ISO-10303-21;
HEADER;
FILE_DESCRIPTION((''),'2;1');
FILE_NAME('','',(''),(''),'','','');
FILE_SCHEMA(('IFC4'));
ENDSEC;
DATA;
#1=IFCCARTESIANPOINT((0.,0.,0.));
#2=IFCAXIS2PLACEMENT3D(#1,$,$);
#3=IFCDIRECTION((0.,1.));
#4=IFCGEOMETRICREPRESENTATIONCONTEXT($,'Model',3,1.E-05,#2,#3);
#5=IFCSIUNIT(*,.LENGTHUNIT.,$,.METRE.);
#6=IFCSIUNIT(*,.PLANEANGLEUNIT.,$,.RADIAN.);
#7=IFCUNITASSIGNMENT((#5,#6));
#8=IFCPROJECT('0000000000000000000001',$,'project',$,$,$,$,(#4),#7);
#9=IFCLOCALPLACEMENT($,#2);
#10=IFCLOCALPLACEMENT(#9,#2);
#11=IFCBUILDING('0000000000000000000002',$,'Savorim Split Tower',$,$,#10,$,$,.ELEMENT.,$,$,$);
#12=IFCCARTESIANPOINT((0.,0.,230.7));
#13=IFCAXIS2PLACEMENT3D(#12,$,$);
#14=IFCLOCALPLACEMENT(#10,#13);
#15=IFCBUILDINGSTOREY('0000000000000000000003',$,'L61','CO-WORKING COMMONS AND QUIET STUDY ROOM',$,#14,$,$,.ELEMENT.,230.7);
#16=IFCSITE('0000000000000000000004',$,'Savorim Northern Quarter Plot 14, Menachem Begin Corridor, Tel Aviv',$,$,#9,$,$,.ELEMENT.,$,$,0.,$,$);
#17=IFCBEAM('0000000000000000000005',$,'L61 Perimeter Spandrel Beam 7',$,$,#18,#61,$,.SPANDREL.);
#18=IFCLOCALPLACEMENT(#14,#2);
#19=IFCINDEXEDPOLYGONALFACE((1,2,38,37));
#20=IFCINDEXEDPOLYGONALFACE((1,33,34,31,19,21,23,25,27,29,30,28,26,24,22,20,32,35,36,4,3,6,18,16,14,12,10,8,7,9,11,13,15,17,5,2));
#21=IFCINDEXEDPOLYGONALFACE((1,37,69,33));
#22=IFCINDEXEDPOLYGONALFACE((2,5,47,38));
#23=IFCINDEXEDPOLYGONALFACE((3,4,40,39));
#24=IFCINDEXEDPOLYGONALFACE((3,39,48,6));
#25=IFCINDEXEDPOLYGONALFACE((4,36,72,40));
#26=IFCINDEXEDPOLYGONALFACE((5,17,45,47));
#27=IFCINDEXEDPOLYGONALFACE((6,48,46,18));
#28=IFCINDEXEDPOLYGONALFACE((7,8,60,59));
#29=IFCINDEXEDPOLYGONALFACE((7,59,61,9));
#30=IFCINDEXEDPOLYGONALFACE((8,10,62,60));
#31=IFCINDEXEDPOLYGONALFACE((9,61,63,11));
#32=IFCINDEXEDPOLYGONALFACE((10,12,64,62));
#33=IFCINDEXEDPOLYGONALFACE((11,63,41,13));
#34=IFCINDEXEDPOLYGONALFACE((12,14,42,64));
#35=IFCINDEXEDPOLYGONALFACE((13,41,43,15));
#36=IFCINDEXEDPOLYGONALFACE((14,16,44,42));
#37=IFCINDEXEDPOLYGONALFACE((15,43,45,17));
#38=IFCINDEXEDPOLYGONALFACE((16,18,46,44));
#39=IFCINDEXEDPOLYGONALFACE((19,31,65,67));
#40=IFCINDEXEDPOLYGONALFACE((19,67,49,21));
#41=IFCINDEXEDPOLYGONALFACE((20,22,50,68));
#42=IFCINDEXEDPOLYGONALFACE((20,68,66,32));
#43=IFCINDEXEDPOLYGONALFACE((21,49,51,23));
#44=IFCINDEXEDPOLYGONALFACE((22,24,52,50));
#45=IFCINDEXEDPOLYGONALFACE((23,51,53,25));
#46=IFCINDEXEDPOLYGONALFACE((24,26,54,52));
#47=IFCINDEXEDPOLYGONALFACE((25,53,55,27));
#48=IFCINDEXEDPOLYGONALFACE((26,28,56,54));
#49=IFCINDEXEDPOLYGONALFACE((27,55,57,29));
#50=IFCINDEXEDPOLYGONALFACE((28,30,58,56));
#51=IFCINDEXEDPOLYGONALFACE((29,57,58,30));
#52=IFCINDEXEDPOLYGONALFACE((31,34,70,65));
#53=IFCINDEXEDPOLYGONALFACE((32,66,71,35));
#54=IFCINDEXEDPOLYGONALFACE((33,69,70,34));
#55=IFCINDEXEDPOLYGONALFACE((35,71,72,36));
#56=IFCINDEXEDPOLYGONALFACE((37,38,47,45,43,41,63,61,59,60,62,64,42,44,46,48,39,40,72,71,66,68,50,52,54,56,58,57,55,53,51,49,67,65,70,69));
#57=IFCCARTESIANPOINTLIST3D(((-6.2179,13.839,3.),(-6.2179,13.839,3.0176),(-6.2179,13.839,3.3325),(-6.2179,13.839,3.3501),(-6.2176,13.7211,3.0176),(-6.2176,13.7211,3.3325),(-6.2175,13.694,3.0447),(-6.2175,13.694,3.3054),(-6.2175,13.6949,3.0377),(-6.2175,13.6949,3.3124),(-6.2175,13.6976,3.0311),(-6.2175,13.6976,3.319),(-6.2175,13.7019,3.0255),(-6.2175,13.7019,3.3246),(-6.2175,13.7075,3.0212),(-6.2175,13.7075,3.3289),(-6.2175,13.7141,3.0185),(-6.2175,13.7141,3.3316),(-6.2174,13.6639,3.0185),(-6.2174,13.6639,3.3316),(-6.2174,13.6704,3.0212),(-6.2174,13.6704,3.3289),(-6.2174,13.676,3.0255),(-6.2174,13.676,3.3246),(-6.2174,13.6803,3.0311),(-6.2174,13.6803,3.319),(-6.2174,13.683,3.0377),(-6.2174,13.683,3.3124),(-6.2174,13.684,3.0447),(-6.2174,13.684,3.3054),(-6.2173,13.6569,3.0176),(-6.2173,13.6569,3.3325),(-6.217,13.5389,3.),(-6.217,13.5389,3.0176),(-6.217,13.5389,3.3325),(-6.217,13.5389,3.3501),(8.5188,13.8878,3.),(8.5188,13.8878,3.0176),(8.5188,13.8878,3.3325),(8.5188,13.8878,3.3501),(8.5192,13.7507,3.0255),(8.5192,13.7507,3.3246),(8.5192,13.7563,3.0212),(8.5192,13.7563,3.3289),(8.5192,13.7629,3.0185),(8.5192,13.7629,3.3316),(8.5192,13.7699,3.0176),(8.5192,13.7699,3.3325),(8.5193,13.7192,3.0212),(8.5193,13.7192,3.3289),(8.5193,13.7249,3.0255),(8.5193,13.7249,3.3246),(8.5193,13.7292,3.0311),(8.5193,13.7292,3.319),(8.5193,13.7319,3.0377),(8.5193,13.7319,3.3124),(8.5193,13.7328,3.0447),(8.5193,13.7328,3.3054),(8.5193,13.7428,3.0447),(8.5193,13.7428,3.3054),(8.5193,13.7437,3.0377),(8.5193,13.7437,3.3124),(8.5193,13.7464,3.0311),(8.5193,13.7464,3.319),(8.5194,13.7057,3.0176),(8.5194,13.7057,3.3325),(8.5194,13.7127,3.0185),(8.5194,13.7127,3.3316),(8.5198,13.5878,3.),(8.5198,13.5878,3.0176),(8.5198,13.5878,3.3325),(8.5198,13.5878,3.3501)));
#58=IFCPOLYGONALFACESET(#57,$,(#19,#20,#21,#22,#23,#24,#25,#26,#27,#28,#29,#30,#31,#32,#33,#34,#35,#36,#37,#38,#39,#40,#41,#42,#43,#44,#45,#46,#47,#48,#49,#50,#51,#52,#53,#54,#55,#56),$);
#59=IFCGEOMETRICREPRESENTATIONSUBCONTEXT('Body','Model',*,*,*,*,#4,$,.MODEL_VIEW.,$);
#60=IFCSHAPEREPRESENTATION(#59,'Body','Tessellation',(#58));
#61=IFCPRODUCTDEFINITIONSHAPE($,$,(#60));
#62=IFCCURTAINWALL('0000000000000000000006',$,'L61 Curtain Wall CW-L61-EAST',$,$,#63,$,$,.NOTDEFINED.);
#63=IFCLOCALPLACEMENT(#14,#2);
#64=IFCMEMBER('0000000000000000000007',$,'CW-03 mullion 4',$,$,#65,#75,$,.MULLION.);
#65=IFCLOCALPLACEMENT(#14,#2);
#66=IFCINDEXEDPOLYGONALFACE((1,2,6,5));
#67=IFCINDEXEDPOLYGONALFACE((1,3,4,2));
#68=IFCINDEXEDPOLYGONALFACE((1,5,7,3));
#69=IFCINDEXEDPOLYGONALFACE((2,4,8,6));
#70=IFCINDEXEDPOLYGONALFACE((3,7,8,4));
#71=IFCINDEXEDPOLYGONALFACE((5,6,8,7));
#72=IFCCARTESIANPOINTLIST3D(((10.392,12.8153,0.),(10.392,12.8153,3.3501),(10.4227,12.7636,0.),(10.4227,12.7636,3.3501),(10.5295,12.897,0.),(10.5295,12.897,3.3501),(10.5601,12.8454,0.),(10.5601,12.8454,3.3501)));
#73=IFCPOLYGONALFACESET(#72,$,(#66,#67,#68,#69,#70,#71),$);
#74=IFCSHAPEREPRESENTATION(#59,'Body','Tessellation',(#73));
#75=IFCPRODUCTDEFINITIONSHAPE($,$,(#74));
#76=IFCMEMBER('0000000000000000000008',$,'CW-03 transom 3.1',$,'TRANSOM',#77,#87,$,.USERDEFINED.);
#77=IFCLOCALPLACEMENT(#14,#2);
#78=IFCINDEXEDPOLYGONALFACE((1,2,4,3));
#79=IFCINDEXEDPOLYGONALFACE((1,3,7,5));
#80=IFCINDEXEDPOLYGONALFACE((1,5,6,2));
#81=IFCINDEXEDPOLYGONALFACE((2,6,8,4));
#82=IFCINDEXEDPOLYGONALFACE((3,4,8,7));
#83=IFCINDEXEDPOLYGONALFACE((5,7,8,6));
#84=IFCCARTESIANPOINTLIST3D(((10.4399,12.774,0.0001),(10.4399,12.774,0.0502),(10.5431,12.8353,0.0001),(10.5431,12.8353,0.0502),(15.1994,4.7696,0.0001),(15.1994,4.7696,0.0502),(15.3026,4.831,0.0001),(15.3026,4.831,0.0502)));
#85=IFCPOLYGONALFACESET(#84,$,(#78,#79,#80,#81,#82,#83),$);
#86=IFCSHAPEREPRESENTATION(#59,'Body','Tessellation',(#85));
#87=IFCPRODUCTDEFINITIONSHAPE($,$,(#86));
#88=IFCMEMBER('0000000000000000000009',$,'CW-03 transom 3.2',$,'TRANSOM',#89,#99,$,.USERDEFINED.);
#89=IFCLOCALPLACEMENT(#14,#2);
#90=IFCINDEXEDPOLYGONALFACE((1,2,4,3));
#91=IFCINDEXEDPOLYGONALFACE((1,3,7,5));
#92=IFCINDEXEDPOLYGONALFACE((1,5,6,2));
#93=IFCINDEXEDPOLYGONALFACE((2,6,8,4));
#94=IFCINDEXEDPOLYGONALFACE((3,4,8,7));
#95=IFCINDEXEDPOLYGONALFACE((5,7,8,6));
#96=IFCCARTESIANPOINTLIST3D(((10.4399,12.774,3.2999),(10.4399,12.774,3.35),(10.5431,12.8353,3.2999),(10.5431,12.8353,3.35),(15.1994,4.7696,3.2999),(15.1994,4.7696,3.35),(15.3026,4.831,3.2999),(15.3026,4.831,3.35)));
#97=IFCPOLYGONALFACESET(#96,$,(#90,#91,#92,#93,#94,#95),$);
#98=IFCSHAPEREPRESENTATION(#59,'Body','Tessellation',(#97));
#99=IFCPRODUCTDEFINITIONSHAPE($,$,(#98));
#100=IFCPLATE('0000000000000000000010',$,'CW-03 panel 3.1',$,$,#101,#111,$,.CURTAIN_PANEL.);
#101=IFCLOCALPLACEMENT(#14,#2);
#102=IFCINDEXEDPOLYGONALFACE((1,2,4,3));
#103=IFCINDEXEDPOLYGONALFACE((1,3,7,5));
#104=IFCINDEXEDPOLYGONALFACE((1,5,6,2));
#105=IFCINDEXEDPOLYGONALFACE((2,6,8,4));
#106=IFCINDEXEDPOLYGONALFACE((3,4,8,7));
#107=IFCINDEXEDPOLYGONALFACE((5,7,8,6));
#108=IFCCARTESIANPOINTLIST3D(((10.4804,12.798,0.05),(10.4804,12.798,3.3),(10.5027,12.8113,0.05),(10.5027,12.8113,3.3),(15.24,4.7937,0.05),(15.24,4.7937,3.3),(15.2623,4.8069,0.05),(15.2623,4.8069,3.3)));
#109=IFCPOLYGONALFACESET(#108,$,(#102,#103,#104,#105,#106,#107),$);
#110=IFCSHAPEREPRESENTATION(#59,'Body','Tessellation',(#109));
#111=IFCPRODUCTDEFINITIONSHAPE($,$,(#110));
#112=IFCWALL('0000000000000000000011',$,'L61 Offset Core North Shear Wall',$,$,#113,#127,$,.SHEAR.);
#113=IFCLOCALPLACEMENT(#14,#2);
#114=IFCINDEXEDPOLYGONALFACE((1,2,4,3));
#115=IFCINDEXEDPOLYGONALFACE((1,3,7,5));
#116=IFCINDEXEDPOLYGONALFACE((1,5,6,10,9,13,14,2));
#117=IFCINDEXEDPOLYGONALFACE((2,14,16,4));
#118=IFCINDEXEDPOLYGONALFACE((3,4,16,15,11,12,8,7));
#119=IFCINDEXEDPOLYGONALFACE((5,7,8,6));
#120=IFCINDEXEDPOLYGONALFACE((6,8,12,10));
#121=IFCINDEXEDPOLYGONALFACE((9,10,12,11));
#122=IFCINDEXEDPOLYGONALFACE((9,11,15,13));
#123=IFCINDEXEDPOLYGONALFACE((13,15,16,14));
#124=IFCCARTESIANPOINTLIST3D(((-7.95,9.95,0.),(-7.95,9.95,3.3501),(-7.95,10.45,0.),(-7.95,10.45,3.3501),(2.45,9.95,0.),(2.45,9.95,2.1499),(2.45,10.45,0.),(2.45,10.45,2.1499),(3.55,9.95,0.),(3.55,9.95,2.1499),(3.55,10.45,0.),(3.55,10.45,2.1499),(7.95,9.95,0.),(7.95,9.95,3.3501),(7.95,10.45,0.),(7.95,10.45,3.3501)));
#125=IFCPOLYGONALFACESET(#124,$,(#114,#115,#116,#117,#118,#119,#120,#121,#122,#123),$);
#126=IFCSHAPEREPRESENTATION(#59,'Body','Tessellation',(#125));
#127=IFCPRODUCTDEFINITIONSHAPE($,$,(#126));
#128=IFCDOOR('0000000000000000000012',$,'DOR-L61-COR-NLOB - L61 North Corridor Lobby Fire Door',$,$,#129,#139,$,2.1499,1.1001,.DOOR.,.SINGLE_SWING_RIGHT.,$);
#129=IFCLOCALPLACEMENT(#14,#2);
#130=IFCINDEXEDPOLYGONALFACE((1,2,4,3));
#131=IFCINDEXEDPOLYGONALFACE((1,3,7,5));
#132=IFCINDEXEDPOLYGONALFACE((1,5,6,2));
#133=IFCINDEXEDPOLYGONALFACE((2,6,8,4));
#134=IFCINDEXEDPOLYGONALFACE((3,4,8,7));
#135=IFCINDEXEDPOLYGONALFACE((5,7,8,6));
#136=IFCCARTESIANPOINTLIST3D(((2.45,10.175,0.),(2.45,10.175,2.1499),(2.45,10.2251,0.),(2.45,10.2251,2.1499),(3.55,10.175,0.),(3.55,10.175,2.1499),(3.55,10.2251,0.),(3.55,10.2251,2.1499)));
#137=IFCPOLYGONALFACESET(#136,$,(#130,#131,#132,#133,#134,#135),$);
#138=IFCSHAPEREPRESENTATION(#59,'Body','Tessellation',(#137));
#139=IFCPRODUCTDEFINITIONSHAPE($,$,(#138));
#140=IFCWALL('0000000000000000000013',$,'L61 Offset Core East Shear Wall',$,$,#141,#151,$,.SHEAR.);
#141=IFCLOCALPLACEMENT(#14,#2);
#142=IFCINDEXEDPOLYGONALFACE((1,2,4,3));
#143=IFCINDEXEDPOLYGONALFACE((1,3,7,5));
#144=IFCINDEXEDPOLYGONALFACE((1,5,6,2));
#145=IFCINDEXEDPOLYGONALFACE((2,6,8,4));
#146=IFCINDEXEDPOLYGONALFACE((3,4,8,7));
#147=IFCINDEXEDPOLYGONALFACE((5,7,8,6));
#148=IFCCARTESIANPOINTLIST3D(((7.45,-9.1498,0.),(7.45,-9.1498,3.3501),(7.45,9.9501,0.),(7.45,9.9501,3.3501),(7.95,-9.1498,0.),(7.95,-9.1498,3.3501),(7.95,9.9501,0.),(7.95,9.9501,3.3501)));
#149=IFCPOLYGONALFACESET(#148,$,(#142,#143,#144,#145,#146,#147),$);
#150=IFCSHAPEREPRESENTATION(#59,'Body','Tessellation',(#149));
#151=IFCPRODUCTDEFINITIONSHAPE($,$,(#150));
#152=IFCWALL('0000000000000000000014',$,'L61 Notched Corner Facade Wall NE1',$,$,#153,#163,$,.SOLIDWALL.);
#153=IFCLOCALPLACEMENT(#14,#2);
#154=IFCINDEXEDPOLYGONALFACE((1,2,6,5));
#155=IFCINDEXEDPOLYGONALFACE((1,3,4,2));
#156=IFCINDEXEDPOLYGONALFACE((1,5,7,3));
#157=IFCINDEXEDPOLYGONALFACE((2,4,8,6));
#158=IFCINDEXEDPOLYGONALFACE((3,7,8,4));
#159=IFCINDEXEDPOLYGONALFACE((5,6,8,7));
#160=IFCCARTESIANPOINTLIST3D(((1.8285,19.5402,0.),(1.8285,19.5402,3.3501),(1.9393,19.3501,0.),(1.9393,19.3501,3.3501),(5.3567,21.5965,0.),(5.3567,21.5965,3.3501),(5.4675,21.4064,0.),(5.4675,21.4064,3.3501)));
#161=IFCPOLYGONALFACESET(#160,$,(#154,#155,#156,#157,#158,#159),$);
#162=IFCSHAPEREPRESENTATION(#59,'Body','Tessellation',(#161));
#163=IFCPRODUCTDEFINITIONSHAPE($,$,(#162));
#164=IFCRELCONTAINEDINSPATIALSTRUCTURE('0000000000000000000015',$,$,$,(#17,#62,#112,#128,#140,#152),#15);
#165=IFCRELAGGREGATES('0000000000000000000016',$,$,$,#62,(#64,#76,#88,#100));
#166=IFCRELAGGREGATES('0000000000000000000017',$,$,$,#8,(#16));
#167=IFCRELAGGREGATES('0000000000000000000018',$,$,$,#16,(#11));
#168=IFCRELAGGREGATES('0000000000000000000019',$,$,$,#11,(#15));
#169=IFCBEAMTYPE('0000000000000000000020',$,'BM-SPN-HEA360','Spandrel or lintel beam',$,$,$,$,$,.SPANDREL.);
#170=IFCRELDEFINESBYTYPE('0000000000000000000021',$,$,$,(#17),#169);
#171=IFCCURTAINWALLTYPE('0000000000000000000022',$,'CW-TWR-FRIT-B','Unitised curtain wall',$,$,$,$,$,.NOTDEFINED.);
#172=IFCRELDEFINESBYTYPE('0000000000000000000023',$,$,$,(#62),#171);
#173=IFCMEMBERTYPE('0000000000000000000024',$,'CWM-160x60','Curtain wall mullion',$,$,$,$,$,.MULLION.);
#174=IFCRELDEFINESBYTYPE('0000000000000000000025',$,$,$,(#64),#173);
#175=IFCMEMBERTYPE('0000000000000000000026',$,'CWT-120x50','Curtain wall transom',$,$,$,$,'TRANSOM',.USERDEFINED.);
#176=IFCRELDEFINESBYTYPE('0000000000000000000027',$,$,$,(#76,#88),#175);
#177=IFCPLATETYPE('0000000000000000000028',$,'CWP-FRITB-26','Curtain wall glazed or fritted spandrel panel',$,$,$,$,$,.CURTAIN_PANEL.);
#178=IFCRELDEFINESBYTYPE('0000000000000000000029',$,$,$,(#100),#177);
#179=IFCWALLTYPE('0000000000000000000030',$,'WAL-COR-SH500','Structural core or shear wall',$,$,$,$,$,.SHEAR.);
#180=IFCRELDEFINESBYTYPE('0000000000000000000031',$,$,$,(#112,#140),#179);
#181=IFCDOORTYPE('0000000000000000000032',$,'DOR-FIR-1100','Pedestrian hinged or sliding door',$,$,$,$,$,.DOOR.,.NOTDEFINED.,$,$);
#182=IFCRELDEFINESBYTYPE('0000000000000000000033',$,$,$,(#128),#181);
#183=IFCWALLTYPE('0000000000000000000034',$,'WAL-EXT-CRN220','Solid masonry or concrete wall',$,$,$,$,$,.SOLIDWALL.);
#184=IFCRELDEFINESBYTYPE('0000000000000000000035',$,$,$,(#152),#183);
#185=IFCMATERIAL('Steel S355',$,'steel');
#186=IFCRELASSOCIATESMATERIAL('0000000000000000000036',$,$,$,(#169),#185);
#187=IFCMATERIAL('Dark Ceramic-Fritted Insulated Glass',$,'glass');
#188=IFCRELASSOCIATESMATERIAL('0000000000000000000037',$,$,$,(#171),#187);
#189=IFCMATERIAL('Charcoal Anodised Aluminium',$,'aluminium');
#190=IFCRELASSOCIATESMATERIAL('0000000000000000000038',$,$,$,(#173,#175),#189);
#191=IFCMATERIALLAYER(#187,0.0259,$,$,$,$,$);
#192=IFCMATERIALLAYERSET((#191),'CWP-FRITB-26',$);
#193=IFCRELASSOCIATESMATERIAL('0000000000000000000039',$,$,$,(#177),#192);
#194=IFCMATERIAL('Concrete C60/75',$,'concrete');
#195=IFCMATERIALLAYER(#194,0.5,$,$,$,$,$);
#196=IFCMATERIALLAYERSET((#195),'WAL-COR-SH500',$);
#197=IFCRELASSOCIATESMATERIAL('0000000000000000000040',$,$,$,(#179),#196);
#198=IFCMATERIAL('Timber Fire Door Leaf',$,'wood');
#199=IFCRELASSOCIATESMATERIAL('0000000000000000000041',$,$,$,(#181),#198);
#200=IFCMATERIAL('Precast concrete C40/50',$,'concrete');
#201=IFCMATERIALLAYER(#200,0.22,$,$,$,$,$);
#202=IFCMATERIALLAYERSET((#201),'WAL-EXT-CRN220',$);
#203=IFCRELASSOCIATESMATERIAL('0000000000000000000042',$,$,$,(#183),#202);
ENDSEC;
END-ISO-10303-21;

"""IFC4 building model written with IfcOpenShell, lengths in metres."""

from ifc_helpers import new_model, si_unit, direction, frame, frame_2d, origin, origin_2d, place, context, subcontext, project, spatial, rectangle, i_section, extrude, material, layer, layer_set, material_profile, profile_set, type_object, element, fill, aggregate, save


model = new_model("IFC4")

# Units and contexts
model_context = context("Model", 3, precision=1e-05, world=origin(), true_north=direction((0.0, 1.0)))
body_context = subcontext(model_context, "Body", "Model", "MODEL_VIEW")
ifc_project = project(units=[si_unit("LENGTHUNIT", "METRE"), si_unit("PLANEANGLEUNIT", "RADIAN")], contexts=[model_context])

# Site, building, storey
site_placement = place(None, origin())
site = spatial("IfcSite", under=ifc_project, at=site_placement, Name="Savorim Northern Quarter Plot 14, Menachem Begin Corridor, Tel Aviv", CompositionType="ELEMENT", RefElevation=0.0)
building_placement = place(site_placement, origin())
building = spatial("IfcBuilding", under=site, at=building_placement, Name="Savorim Split Tower", CompositionType="ELEMENT")
storey_placement = place(building_placement, frame((0.0, 0.0, 230.7)))
storey = spatial("IfcBuildingStorey", under=building, at=storey_placement, Name="L61", Description="CO-WORKING COMMONS AND QUIET STUDY ROOM", CompositionType="ELEMENT", Elevation=230.7)

# Shared definitions
ifc_material_1 = material(Name="Steel S355", Category="steel")

# Beam
ifc_material_profile_1 = material_profile(ifc_material_1, i_section(OverallWidth=0.3, OverallDepth=0.3501, WebThickness=0.01, FlangeThickness=0.0176, FilletRadius=0.0271, at=origin_2d()), Name="HEA 360")
ifc_profile_set_1 = profile_set([ifc_material_profile_1], Name="Steel S355")
beam_type_1 = type_object("IfcBeamType", Name="BM-SPN-HEA360", Description="Spandrel or lintel beam", PredefinedType="SPANDREL", material=ifc_profile_set_1)
beam_1_placement = place(storey_placement, frame((8.5193, 13.7378, 3.175), z_axis=(-0.999995, -0.003313, 0.0), x_axis=(0.003313, -0.999995, 0.0)))
element("IfcBeam", 1, at=beam_1_placement, inside=storey, type_object=beam_type_1, Name="L61 Perimeter Spandrel Beam 7", PredefinedType="SPANDREL", context=body_context, shape_type="SweptSolid", body=[
    extrude(i_section(OverallWidth=0.3, OverallDepth=0.3501, WebThickness=0.01, FlangeThickness=0.0176, FilletRadius=0.0271, at=origin_2d()), origin(), (0.0, 0.0, 1.0), 14.7368),
])

# Curtain wall, members, plate
ifc_material_2 = material(Name="Dark Ceramic-Fritted Insulated Glass", Category="glass")
curtain_wall_type = type_object("IfcCurtainWallType", Name="CW-TWR-FRIT-B", Description="Unitised curtain wall", PredefinedType="NOTDEFINED", material=ifc_material_2)
curtain_wall_placement = place(storey_placement, origin())
curtain_wall = element("IfcCurtainWall", 2, at=curtain_wall_placement, inside=storey, type_object=curtain_wall_type, Name="L61 Curtain Wall CW-L61-EAST", PredefinedType="NOTDEFINED")
ifc_material_3 = material(Name="Charcoal Anodised Aluminium", Category="aluminium")
ifc_material_profile_2 = material_profile(ifc_material_3, rectangle(XDim=0.1599, YDim=0.0601, at=origin_2d()), Name="ALU-M 160x60")
ifc_profile_set_2 = profile_set([ifc_material_profile_2], Name="Charcoal Anodised Aluminium")
member_type_1 = type_object("IfcMemberType", Name="CWM-160x60", Description="Curtain wall mullion", PredefinedType="MULLION", material=ifc_profile_set_2)
member_1_placement = place(storey_placement, frame((10.4761, 12.8303, 0.0), z_axis=(0.0, 0.0, 1.0), x_axis=(-0.859524, -0.511096, 0.0)))
member_1 = element("IfcMember", 3, at=member_1_placement, type_object=member_type_1, Name="CW-03 mullion 4", PredefinedType="MULLION", context=body_context, shape_type="SweptSolid", body=[
    extrude(rectangle(XDim=0.1599, YDim=0.0601, at=origin_2d()), origin(), (0.0, 0.0, 1.0), 3.3501),
])
ifc_material_profile_3 = material_profile(ifc_material_3, rectangle(XDim=0.1201, YDim=0.05, at=origin_2d()), Name="ALU-T 120x50")
ifc_profile_set_3 = profile_set([ifc_material_profile_3], Name="Charcoal Anodised Aluminium")
member_type_2 = type_object("IfcMemberType", Name="CWT-120x50", Description="Curtain wall transom", ElementType="TRANSOM", PredefinedType="USERDEFINED", material=ifc_profile_set_3)
member_2_placement = place(storey_placement, frame((15.251, 4.8003, 0.0251), z_axis=(-0.511087, 0.859529, 0.0), x_axis=(-0.859529, -0.511087, 0.0)))
member_2 = element("IfcMember", 4, at=member_2_placement, type_object=member_type_2, Name="CW-03 transom 3.1", ObjectType="TRANSOM", PredefinedType="USERDEFINED", context=body_context, shape_type="SweptSolid", body=[
    extrude(rectangle(XDim=0.1201, YDim=0.05, at=origin_2d()), origin(), (0.0, 0.0, 1.0), 9.3125),
])
member_3_placement = place(storey_placement, frame((15.251, 4.8003, 3.325), z_axis=(-0.511087, 0.859529, 0.0), x_axis=(-0.859529, -0.511087, 0.0)))
member_3 = element("IfcMember", 5, at=member_3_placement, type_object=member_type_2, Name="CW-03 transom 3.2", ObjectType="TRANSOM", PredefinedType="USERDEFINED", context=body_context, shape_type="SweptSolid", body=[
    extrude(rectangle(XDim=0.1201, YDim=0.05, at=origin_2d()), origin(), (0.0, 0.0, 1.0), 9.3125),
])
ifc_layer_1 = layer(ifc_material_2, 0.0259)
ifc_layer_set_1 = layer_set([ifc_layer_1], Name="CWP-FRITB-26")
plate_type = type_object("IfcPlateType", Name="CWP-FRITB-26", Description="Curtain wall glazed or fritted spandrel panel", PredefinedType="CURTAIN_PANEL", material=ifc_layer_set_1)
plate_placement = place(storey_placement, frame((12.8713, 8.8025, 0.05), z_axis=(0.0, 0.0, 1.0), x_axis=(-0.511096, 0.859524, 0.0)))
plate = element("IfcPlate", 6, at=plate_placement, type_object=plate_type, Name="CW-03 panel 3.1", PredefinedType="CURTAIN_PANEL", context=body_context, shape_type="SweptSolid", body=[
    extrude(rectangle(XDim=9.3125, YDim=0.0259, at=origin_2d()), origin(), (0.0, 0.0, 1.0), 3.25),
])
aggregate(curtain_wall, [member_1, member_2, member_3, plate])

# Wall, opening, door
ifc_material_4 = material(Name="Concrete C60/75", Category="concrete")
ifc_layer_2 = layer(ifc_material_4, 0.5)
ifc_layer_set_2 = layer_set([ifc_layer_2], Name="WAL-COR-SH500")
wall_type_1 = type_object("IfcWallType", Name="WAL-COR-SH500", Description="Structural core or shear wall", PredefinedType="SHEAR", material=ifc_layer_set_2)
wall_1_placement = place(storey_placement, frame((7.95, 10.2, 0.0), z_axis=(0.0, 0.0, 1.0), x_axis=(-1.0, 0.0, 0.0)))
wall_1 = element("IfcWall", 7, at=wall_1_placement, inside=storey, type_object=wall_type_1, Name="L61 Offset Core North Shear Wall", PredefinedType="SHEAR", context=body_context, shape_type="SweptSolid", body=[
    extrude(rectangle(XDim=15.8999, YDim=0.5, at=frame_2d((7.95, 0.0))), origin(), (0.0, 0.0, 1.0), 3.3501),
])
opening_1_placement = place(wall_1_placement, frame((4.3999, 0.0, 0.0)))
opening_1 = element("IfcOpeningElement", 8, at=opening_1_placement, cuts=wall_1, PredefinedType="OPENING", context=body_context, shape_type="SweptSolid", body=[
    extrude(rectangle(XDim=1.1001, YDim=2.1499, at=frame_2d((0.55, 1.075))), frame((0.0, 0.26, 0.0), z_axis=(0.0, -1.0, 0.0), x_axis=(1.0, 0.0, 0.0)), (0.0, 0.0, 1.0), 0.52),
])
ifc_material_5 = material(Name="Timber Fire Door Leaf", Category="wood")
door_type_1 = type_object("IfcDoorType", Name="DOR-FIR-1100", Description="Pedestrian hinged or sliding door", OperationType="NOTDEFINED", PredefinedType="DOOR", material=ifc_material_5)
door_1_placement = place(opening_1_placement, origin())
door_1 = element("IfcDoor", 9, at=door_1_placement, inside=storey, type_object=door_type_1, Name="DOR-L61-COR-NLOB - L61 North Corridor Lobby Fire Door", OperationType="SINGLE_SWING_RIGHT", OverallHeight=2.1499, OverallWidth=1.1001, PredefinedType="DOOR", context=body_context, shape_type="SweptSolid", body=[
    extrude(rectangle(XDim=1.1001, YDim=2.1499, at=frame_2d((0.55, 1.075))), frame((0.0, 0.0249, 0.0), z_axis=(0.0, -1.0, 0.0), x_axis=(1.0, 0.0, 0.0)), (0.0, 0.0, 1.0), 0.05),
])
fill(opening_1, door_1)

# Walls
wall_2_placement = place(storey_placement, frame((7.7, 9.95, 0.0), z_axis=(0.0, 0.0, 1.0), x_axis=(0.0, -1.0, 0.0)))
element("IfcWall", 10, at=wall_2_placement, inside=storey, type_object=wall_type_1, Name="L61 Offset Core East Shear Wall", PredefinedType="SHEAR", context=body_context, shape_type="SweptSolid", body=[
    extrude(rectangle(XDim=19.0999, YDim=0.5, at=frame_2d((9.5498, 0.0))), origin(), (0.0, 0.0, 1.0), 3.3501),
])
ifc_material_6 = material(Name="Precast concrete C40/50", Category="concrete")
ifc_layer_3 = layer(ifc_material_6, 0.22)
ifc_layer_set_3 = layer_set([ifc_layer_3], Name="WAL-EXT-CRN220")
wall_type_2 = type_object("IfcWallType", Name="WAL-EXT-CRN220", Description="Solid masonry or concrete wall", PredefinedType="SOLIDWALL", material=ifc_layer_set_3)
wall_3_placement = place(storey_placement, frame((1.8838, 19.4451, 0.0), z_axis=(0.0, 0.0, 1.0), x_axis=(0.86397, 0.503544, 0.0)))
element("IfcWall", 11, at=wall_3_placement, inside=storey, type_object=wall_type_2, Name="L61 Notched Corner Facade Wall NE1", PredefinedType="SOLIDWALL", context=body_context, shape_type="SweptSolid", body=[
    extrude(rectangle(XDim=4.0837, YDim=0.22, at=frame_2d((2.042, 0.0))), origin(), (0.0, 0.0, 1.0), 3.3501),
])

save(model, "model.ifc")
